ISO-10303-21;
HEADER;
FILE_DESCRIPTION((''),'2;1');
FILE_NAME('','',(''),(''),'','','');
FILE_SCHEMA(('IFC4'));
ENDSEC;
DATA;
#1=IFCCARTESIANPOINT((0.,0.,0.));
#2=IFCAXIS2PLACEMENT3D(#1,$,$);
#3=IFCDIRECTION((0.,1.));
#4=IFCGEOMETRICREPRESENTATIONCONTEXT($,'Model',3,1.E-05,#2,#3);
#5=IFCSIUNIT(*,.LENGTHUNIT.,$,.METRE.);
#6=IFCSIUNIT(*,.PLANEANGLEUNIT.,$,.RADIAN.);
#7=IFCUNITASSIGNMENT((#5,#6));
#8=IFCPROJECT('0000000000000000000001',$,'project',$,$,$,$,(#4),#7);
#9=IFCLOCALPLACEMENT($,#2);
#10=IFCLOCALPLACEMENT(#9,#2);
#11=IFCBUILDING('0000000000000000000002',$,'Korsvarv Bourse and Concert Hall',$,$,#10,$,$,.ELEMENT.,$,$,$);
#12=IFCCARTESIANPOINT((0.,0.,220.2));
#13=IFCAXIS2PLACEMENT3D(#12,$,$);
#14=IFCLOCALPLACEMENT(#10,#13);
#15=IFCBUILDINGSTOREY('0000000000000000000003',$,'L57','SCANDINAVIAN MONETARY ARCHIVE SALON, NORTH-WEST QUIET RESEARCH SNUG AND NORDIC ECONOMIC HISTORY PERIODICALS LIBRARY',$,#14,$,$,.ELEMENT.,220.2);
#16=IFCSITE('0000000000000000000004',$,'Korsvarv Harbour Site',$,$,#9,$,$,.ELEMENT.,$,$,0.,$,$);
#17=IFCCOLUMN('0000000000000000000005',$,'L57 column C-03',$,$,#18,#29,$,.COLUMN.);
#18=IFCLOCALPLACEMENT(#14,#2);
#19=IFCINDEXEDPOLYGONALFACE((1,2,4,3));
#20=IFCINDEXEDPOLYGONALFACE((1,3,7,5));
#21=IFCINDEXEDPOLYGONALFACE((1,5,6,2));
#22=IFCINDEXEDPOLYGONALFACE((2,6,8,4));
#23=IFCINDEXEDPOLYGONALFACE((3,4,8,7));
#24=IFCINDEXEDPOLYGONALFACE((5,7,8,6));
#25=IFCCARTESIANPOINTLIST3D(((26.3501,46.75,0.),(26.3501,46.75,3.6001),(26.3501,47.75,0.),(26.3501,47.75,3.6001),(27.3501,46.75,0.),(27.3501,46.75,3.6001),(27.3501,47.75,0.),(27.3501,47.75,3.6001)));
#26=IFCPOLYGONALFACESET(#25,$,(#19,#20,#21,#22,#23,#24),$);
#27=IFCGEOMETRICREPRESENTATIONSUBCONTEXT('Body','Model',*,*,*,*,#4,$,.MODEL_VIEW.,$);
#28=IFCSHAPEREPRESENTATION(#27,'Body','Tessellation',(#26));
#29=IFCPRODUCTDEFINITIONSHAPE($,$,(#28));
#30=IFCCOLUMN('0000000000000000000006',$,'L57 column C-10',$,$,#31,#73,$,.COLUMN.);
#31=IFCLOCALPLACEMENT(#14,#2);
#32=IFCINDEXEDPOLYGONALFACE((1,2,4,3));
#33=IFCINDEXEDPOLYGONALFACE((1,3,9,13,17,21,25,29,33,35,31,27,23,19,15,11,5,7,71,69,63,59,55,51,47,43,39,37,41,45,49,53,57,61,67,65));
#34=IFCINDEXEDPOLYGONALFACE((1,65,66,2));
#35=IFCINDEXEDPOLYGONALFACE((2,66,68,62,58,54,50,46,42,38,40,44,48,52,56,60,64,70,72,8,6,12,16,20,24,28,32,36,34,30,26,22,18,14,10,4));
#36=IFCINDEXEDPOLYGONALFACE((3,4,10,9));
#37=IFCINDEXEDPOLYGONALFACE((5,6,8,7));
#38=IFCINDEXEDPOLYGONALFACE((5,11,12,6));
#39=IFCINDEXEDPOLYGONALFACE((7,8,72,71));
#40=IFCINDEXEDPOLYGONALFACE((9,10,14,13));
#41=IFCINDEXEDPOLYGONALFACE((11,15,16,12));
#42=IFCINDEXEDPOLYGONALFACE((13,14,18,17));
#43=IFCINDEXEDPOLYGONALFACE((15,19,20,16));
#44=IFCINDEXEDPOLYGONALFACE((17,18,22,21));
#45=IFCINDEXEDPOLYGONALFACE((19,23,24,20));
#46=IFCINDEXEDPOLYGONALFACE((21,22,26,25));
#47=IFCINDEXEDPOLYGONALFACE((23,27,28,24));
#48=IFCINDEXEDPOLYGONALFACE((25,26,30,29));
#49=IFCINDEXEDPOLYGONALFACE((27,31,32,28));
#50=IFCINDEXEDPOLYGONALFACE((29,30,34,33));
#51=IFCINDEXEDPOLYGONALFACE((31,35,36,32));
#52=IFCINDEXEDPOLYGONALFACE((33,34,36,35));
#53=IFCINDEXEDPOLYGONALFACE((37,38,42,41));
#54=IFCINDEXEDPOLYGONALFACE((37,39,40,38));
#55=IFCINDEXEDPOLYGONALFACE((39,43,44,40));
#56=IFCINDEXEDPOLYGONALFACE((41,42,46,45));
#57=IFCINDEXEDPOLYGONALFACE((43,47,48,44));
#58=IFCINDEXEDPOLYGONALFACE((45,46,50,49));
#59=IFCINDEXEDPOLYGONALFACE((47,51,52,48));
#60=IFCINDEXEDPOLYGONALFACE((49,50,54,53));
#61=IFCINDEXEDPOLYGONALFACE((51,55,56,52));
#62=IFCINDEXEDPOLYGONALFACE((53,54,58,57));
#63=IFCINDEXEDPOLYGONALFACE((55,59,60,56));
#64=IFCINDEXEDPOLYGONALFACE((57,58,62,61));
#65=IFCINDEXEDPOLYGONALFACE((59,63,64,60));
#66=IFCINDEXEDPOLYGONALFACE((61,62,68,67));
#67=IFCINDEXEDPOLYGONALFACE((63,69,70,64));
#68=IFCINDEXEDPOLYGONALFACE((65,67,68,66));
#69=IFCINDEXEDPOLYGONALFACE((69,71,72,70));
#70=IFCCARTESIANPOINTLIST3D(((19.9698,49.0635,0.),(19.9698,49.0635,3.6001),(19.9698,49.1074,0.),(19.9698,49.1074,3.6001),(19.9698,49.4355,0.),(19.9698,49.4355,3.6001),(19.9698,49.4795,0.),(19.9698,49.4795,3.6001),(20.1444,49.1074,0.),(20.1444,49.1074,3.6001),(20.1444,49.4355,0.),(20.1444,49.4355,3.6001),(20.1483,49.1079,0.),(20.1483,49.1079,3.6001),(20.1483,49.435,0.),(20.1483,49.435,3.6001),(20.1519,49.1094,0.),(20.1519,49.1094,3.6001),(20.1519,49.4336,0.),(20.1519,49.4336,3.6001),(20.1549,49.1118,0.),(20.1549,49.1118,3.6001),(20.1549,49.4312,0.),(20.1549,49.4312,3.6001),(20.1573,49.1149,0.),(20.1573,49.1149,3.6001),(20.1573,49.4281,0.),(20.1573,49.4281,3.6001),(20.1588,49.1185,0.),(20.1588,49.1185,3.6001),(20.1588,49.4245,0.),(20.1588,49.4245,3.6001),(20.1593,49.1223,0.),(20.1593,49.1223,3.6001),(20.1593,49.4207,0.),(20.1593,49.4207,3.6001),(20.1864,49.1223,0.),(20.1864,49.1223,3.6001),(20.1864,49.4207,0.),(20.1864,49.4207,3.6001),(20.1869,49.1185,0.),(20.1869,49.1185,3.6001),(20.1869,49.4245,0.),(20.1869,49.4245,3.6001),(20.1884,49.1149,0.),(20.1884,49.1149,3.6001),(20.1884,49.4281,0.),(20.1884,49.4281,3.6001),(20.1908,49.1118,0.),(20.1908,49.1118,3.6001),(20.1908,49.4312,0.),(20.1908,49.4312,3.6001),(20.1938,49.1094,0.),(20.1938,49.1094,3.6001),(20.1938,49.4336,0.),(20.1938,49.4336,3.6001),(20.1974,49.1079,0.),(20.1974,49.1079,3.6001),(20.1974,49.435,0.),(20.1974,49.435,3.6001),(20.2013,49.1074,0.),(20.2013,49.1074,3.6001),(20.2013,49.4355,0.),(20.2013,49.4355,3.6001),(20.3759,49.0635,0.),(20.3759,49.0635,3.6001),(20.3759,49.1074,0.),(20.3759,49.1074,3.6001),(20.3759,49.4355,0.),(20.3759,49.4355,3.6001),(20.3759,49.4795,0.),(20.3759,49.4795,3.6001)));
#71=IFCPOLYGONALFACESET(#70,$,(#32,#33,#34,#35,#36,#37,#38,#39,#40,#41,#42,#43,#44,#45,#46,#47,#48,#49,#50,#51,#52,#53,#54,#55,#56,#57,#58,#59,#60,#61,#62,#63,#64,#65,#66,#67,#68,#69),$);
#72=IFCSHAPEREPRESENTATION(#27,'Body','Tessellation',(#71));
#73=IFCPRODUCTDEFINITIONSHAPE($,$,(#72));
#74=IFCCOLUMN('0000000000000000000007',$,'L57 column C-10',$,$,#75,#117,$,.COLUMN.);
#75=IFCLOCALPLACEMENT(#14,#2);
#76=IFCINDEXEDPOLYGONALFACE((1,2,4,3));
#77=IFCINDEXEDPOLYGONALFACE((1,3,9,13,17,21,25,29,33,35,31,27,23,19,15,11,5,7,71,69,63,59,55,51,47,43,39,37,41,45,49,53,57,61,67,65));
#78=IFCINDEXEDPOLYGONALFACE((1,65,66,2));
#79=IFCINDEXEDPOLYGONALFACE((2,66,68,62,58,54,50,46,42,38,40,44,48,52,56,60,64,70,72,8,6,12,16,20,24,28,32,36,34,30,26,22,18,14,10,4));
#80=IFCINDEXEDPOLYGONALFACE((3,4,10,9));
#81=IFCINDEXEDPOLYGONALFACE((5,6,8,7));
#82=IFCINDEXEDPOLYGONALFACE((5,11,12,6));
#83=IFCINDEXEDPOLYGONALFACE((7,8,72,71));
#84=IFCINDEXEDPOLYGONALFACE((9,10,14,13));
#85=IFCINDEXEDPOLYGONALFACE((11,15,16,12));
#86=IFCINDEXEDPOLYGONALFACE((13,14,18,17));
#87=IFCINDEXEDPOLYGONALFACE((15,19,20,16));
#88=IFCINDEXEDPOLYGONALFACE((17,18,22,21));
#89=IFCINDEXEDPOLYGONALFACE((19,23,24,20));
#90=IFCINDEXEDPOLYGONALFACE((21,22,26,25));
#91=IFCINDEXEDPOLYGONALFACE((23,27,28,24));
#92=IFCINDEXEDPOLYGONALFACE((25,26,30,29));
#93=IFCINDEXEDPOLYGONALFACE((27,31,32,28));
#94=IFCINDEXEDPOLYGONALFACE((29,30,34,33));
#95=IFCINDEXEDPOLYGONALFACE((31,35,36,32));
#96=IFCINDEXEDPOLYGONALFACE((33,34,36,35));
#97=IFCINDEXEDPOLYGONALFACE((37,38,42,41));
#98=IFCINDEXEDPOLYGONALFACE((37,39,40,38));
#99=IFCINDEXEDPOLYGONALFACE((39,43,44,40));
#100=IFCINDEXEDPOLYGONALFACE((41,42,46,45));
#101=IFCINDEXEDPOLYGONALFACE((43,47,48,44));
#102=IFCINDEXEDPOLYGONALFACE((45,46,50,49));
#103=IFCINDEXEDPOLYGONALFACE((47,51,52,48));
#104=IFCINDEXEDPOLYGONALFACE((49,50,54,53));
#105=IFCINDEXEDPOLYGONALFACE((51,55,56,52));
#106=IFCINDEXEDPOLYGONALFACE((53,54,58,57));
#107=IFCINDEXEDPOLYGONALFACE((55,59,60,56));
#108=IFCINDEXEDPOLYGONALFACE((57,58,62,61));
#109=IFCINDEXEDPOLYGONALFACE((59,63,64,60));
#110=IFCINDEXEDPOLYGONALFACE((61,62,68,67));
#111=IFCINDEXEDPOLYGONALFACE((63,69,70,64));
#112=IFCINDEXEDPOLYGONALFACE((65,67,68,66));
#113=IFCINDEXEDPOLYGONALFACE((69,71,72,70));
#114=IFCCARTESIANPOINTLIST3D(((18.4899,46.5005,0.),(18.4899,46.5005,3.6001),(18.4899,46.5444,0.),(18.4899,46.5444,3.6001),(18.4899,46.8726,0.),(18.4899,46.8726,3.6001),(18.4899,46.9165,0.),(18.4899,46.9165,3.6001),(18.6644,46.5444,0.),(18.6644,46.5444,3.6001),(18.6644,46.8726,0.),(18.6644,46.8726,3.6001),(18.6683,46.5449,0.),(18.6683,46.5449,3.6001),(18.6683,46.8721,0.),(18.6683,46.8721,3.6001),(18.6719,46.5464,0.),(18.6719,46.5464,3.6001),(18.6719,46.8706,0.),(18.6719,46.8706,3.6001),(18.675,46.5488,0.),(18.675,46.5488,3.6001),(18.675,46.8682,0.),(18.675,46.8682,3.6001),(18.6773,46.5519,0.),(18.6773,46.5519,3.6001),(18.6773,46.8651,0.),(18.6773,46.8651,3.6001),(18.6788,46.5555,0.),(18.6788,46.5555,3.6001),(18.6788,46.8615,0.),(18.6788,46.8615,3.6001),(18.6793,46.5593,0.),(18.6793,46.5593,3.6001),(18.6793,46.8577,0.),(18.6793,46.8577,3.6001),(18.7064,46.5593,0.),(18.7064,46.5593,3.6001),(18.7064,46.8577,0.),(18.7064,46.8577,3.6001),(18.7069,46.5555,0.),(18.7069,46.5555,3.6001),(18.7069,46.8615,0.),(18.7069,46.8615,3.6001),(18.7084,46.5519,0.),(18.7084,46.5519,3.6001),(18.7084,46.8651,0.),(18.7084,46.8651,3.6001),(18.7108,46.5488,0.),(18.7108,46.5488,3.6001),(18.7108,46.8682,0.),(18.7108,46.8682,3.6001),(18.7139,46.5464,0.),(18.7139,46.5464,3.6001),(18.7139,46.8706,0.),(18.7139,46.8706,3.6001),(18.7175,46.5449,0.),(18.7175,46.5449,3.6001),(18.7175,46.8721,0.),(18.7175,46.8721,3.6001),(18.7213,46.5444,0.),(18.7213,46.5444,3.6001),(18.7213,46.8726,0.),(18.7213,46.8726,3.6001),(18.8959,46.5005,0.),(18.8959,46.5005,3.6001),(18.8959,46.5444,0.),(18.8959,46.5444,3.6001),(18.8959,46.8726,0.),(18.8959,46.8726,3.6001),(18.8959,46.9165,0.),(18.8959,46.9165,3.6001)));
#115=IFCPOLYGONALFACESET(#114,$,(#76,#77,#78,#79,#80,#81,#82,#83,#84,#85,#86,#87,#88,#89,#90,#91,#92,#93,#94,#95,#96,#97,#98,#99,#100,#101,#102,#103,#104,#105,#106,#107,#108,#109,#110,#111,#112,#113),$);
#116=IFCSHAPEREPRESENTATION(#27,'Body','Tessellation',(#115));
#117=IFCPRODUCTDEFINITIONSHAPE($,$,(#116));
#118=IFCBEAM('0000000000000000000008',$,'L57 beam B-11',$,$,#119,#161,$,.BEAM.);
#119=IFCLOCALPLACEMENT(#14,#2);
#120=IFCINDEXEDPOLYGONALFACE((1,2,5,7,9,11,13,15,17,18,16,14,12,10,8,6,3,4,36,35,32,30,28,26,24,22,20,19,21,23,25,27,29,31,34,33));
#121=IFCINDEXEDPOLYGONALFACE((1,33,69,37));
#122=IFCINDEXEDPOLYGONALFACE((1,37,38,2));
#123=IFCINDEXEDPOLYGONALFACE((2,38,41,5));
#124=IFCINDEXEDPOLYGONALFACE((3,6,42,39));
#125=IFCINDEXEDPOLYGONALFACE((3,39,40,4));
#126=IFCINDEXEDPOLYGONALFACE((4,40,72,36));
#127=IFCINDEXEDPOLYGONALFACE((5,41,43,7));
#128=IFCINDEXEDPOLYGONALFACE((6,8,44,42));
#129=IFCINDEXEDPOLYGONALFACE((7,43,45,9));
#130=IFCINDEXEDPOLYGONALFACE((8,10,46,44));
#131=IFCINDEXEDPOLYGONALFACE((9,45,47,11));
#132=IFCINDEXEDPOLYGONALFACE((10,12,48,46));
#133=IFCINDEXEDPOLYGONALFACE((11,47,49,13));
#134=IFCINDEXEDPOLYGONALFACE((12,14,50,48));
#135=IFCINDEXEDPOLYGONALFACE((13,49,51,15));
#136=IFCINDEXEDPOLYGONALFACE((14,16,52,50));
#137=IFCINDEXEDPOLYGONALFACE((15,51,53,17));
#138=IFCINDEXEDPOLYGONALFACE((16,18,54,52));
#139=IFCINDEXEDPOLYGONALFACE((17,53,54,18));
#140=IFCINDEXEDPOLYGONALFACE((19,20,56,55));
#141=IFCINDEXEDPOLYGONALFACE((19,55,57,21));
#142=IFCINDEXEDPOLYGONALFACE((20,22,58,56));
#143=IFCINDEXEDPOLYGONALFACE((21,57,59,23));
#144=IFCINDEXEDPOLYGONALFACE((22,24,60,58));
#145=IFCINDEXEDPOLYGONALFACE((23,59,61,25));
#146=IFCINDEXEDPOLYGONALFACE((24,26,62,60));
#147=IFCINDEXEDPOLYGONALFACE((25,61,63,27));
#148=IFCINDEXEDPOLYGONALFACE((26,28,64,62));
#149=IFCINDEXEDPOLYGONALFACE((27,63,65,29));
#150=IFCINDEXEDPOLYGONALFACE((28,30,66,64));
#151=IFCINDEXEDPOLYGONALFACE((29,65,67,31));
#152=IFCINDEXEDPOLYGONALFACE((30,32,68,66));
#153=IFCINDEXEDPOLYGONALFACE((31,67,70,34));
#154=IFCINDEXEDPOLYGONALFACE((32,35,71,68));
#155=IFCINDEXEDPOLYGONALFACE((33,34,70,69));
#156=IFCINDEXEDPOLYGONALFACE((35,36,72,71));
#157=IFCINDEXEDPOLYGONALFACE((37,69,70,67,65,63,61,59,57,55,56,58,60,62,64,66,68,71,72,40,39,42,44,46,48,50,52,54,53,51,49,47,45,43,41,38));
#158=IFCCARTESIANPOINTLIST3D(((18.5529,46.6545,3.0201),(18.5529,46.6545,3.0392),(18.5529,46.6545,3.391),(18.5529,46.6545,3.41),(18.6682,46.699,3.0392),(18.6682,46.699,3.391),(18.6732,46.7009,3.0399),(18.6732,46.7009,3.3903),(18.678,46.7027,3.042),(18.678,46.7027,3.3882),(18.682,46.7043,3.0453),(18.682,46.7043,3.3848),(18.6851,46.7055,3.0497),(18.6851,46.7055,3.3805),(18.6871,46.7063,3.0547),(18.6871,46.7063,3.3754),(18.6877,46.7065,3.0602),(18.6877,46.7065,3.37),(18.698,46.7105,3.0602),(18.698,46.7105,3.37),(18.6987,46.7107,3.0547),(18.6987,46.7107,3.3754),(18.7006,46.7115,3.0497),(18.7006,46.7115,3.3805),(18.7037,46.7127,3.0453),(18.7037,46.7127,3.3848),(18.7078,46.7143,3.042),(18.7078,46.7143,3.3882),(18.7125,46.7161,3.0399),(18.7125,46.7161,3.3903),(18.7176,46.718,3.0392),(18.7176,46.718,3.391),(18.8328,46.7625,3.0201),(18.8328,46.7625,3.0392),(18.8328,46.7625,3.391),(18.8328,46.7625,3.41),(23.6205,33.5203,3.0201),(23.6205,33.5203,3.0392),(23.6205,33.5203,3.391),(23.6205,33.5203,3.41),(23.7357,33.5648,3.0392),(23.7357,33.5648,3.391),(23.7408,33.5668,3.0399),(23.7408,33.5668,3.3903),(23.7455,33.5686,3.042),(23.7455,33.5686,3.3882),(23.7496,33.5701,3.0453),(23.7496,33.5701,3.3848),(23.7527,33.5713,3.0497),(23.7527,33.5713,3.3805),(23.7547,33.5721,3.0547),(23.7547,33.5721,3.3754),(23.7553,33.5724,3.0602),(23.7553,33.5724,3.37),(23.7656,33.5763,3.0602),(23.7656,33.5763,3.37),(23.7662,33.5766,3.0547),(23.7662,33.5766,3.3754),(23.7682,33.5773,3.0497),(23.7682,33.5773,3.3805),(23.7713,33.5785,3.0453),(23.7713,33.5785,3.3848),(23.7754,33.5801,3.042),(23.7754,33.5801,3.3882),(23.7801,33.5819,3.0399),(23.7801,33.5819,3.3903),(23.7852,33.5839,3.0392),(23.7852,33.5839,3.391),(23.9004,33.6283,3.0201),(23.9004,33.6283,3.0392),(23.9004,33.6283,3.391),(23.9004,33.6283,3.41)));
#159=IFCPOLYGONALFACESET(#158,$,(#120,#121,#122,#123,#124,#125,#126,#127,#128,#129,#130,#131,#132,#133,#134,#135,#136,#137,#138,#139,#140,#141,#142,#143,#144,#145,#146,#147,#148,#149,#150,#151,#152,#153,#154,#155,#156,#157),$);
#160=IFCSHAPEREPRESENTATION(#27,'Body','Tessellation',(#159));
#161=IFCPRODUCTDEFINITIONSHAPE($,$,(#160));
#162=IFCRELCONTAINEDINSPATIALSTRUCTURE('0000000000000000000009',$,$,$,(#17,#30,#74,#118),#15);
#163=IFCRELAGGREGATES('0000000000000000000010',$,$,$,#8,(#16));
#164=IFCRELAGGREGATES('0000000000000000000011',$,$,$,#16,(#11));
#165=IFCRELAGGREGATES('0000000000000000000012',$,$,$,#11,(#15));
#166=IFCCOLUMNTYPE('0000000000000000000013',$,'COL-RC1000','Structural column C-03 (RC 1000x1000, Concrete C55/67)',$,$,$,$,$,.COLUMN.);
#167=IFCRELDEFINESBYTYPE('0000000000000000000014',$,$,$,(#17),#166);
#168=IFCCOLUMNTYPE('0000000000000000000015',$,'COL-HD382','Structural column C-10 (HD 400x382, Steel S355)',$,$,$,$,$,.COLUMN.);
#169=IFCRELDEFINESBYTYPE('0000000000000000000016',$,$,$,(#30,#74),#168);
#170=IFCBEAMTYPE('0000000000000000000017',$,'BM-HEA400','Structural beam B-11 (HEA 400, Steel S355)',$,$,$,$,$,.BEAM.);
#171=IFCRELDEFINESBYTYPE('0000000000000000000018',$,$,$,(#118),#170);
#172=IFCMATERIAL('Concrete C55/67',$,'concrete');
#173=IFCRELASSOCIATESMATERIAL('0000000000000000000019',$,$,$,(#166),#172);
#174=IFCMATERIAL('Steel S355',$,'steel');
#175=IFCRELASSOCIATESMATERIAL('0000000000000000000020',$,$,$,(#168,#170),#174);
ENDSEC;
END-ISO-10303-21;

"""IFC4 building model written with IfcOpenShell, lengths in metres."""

from ifc_helpers import new_model, si_unit, direction, frame, origin, origin_2d, place, context, subcontext, project, spatial, rectangle, i_section, extrude, source, transform, mapped, material, material_profile, profile_set, type_object, element, save


model = new_model("IFC4")

# Units and contexts
model_context = context("Model", 3, precision=1e-05, world=origin(), true_north=direction((0.0, 1.0)))
body_context = subcontext(model_context, "Body", "Model", "MODEL_VIEW")
ifc_project = project(units=[si_unit("LENGTHUNIT", "METRE"), si_unit("PLANEANGLEUNIT", "RADIAN")], contexts=[model_context])

# Site, building, storey
site_placement = place(None, origin())
site = spatial("IfcSite", under=ifc_project, at=site_placement, Name="Korsvarv Harbour Site", CompositionType="ELEMENT", RefElevation=0.0)
building_placement = place(site_placement, origin())
building = spatial("IfcBuilding", under=site, at=building_placement, Name="Korsvarv Bourse and Concert Hall", CompositionType="ELEMENT")
storey_placement = place(building_placement, frame((0.0, 0.0, 220.2)))
storey = spatial("IfcBuildingStorey", under=building, at=storey_placement, Name="L57", Description="SCANDINAVIAN MONETARY ARCHIVE SALON, NORTH-WEST QUIET RESEARCH SNUG AND NORDIC ECONOMIC HISTORY PERIODICALS LIBRARY", CompositionType="ELEMENT", Elevation=220.2)

# Columns
ifc_material_1 = material(Name="Concrete C55/67", Category="concrete")
ifc_material_profile_1 = material_profile(ifc_material_1, rectangle(XDim=1.0, YDim=1.0, at=origin_2d()), Name="RC 1000x1000")
ifc_profile_set_1 = profile_set([ifc_material_profile_1], Name="Concrete C55/67")
column_type_1 = type_object("IfcColumnType", Name="COL-RC1000", Description="Structural column C-03 (RC 1000x1000, Concrete C55/67)", PredefinedType="COLUMN", material=ifc_profile_set_1)
shared_shape_1 = source(origin(), body_context, "Body", "SweptSolid", [
    extrude(rectangle(XDim=1.0, YDim=1.0, at=origin_2d()), origin(), (0.0, 0.0, 1.0), 3.6001),
])
column_placement = place(storey_placement, frame((26.8501, 47.25, 0.0), z_axis=(0.0, 0.0, 1.0), x_axis=(1.0, 0.0, 0.0)))
element("IfcColumn", 1, at=column_placement, inside=storey, type_object=column_type_1, Name="L57 column C-03", PredefinedType="COLUMN", context=body_context, shape_type="MappedRepresentation", body=[
    mapped(shared_shape_1, transform((0.0, 0.0, 0.0), scale=1.0)),
])
ifc_material_2 = material(Name="Steel S355", Category="steel")
ifc_material_profile_2 = material_profile(ifc_material_2, i_section(OverallWidth=0.406, OverallDepth=0.416, WebThickness=0.0271, FlangeThickness=0.0439, FilletRadius=0.0149, at=origin_2d()), Name="HD 400x382")
ifc_profile_set_2 = profile_set([ifc_material_profile_2], Name="Steel S355")
column_type_2 = type_object("IfcColumnType", Name="COL-HD382", Description="Structural column C-10 (HD 400x382, Steel S355)", PredefinedType="COLUMN", material=ifc_profile_set_2)
shared_shape_2 = source(origin(), body_context, "Body", "SweptSolid", [
    extrude(i_section(OverallWidth=0.406, OverallDepth=0.416, WebThickness=0.0271, FlangeThickness=0.0439, FilletRadius=0.0149, at=origin_2d()), origin(), (0.0, 0.0, 1.0), 3.6001),
])
for number, where, z_axis, x_axis, name in (
    (2, (20.1729, 49.2715, 0.0), (0.0, 0.0, 1.0), (1.0, 0.0, 0.0), "L57 column C-10"),
    (3, (18.6929, 46.7085, 0.0), (0.0, 0.0, 1.0), (1.0, 0.0, 0.0), "L57 column C-10"),
):
    element("IfcColumn", number, at=place(storey_placement, frame(where, z_axis=z_axis, x_axis=x_axis)), inside=storey, type_object=column_type_2, Name=name, PredefinedType="COLUMN", context=body_context, shape_type="MappedRepresentation", body=[
        mapped(shared_shape_2, transform((0.0, 0.0, 0.0), scale=1.0)),
    ])

# Beam
ifc_material_profile_3 = material_profile(ifc_material_2, i_section(OverallWidth=0.3, OverallDepth=0.3899, WebThickness=0.011, FlangeThickness=0.019, FilletRadius=0.021, at=origin_2d()), Name="HEA 400")
ifc_profile_set_3 = profile_set([ifc_material_profile_3], Name="Steel S355")
beam_type_1 = type_object("IfcBeamType", Name="BM-HEA400", Description="Structural beam B-11 (HEA 400, Steel S355)", PredefinedType="BEAM", material=ifc_profile_set_3)
shared_shape_3 = source(origin(), body_context, "Body", "SweptSolid", [
    extrude(i_section(OverallWidth=0.3, OverallDepth=0.3899, WebThickness=0.011, FlangeThickness=0.019, FilletRadius=0.021, at=origin_2d()), origin(), (0.0, 0.0, 1.0), 14.0779),
])
beam_1_placement = place(storey_placement, frame((18.6929, 46.7085, 3.2151), z_axis=(0.359968, -0.932965, 0.0), x_axis=(0.932965, 0.359968, 0.0)))
element("IfcBeam", 4, at=beam_1_placement, inside=storey, type_object=beam_type_1, Name="L57 beam B-11", PredefinedType="BEAM", context=body_context, shape_type="MappedRepresentation", body=[
    mapped(shared_shape_3, transform((0.0, 0.0, 0.0), scale=1.0)),
])

save(model, "model.ifc")
